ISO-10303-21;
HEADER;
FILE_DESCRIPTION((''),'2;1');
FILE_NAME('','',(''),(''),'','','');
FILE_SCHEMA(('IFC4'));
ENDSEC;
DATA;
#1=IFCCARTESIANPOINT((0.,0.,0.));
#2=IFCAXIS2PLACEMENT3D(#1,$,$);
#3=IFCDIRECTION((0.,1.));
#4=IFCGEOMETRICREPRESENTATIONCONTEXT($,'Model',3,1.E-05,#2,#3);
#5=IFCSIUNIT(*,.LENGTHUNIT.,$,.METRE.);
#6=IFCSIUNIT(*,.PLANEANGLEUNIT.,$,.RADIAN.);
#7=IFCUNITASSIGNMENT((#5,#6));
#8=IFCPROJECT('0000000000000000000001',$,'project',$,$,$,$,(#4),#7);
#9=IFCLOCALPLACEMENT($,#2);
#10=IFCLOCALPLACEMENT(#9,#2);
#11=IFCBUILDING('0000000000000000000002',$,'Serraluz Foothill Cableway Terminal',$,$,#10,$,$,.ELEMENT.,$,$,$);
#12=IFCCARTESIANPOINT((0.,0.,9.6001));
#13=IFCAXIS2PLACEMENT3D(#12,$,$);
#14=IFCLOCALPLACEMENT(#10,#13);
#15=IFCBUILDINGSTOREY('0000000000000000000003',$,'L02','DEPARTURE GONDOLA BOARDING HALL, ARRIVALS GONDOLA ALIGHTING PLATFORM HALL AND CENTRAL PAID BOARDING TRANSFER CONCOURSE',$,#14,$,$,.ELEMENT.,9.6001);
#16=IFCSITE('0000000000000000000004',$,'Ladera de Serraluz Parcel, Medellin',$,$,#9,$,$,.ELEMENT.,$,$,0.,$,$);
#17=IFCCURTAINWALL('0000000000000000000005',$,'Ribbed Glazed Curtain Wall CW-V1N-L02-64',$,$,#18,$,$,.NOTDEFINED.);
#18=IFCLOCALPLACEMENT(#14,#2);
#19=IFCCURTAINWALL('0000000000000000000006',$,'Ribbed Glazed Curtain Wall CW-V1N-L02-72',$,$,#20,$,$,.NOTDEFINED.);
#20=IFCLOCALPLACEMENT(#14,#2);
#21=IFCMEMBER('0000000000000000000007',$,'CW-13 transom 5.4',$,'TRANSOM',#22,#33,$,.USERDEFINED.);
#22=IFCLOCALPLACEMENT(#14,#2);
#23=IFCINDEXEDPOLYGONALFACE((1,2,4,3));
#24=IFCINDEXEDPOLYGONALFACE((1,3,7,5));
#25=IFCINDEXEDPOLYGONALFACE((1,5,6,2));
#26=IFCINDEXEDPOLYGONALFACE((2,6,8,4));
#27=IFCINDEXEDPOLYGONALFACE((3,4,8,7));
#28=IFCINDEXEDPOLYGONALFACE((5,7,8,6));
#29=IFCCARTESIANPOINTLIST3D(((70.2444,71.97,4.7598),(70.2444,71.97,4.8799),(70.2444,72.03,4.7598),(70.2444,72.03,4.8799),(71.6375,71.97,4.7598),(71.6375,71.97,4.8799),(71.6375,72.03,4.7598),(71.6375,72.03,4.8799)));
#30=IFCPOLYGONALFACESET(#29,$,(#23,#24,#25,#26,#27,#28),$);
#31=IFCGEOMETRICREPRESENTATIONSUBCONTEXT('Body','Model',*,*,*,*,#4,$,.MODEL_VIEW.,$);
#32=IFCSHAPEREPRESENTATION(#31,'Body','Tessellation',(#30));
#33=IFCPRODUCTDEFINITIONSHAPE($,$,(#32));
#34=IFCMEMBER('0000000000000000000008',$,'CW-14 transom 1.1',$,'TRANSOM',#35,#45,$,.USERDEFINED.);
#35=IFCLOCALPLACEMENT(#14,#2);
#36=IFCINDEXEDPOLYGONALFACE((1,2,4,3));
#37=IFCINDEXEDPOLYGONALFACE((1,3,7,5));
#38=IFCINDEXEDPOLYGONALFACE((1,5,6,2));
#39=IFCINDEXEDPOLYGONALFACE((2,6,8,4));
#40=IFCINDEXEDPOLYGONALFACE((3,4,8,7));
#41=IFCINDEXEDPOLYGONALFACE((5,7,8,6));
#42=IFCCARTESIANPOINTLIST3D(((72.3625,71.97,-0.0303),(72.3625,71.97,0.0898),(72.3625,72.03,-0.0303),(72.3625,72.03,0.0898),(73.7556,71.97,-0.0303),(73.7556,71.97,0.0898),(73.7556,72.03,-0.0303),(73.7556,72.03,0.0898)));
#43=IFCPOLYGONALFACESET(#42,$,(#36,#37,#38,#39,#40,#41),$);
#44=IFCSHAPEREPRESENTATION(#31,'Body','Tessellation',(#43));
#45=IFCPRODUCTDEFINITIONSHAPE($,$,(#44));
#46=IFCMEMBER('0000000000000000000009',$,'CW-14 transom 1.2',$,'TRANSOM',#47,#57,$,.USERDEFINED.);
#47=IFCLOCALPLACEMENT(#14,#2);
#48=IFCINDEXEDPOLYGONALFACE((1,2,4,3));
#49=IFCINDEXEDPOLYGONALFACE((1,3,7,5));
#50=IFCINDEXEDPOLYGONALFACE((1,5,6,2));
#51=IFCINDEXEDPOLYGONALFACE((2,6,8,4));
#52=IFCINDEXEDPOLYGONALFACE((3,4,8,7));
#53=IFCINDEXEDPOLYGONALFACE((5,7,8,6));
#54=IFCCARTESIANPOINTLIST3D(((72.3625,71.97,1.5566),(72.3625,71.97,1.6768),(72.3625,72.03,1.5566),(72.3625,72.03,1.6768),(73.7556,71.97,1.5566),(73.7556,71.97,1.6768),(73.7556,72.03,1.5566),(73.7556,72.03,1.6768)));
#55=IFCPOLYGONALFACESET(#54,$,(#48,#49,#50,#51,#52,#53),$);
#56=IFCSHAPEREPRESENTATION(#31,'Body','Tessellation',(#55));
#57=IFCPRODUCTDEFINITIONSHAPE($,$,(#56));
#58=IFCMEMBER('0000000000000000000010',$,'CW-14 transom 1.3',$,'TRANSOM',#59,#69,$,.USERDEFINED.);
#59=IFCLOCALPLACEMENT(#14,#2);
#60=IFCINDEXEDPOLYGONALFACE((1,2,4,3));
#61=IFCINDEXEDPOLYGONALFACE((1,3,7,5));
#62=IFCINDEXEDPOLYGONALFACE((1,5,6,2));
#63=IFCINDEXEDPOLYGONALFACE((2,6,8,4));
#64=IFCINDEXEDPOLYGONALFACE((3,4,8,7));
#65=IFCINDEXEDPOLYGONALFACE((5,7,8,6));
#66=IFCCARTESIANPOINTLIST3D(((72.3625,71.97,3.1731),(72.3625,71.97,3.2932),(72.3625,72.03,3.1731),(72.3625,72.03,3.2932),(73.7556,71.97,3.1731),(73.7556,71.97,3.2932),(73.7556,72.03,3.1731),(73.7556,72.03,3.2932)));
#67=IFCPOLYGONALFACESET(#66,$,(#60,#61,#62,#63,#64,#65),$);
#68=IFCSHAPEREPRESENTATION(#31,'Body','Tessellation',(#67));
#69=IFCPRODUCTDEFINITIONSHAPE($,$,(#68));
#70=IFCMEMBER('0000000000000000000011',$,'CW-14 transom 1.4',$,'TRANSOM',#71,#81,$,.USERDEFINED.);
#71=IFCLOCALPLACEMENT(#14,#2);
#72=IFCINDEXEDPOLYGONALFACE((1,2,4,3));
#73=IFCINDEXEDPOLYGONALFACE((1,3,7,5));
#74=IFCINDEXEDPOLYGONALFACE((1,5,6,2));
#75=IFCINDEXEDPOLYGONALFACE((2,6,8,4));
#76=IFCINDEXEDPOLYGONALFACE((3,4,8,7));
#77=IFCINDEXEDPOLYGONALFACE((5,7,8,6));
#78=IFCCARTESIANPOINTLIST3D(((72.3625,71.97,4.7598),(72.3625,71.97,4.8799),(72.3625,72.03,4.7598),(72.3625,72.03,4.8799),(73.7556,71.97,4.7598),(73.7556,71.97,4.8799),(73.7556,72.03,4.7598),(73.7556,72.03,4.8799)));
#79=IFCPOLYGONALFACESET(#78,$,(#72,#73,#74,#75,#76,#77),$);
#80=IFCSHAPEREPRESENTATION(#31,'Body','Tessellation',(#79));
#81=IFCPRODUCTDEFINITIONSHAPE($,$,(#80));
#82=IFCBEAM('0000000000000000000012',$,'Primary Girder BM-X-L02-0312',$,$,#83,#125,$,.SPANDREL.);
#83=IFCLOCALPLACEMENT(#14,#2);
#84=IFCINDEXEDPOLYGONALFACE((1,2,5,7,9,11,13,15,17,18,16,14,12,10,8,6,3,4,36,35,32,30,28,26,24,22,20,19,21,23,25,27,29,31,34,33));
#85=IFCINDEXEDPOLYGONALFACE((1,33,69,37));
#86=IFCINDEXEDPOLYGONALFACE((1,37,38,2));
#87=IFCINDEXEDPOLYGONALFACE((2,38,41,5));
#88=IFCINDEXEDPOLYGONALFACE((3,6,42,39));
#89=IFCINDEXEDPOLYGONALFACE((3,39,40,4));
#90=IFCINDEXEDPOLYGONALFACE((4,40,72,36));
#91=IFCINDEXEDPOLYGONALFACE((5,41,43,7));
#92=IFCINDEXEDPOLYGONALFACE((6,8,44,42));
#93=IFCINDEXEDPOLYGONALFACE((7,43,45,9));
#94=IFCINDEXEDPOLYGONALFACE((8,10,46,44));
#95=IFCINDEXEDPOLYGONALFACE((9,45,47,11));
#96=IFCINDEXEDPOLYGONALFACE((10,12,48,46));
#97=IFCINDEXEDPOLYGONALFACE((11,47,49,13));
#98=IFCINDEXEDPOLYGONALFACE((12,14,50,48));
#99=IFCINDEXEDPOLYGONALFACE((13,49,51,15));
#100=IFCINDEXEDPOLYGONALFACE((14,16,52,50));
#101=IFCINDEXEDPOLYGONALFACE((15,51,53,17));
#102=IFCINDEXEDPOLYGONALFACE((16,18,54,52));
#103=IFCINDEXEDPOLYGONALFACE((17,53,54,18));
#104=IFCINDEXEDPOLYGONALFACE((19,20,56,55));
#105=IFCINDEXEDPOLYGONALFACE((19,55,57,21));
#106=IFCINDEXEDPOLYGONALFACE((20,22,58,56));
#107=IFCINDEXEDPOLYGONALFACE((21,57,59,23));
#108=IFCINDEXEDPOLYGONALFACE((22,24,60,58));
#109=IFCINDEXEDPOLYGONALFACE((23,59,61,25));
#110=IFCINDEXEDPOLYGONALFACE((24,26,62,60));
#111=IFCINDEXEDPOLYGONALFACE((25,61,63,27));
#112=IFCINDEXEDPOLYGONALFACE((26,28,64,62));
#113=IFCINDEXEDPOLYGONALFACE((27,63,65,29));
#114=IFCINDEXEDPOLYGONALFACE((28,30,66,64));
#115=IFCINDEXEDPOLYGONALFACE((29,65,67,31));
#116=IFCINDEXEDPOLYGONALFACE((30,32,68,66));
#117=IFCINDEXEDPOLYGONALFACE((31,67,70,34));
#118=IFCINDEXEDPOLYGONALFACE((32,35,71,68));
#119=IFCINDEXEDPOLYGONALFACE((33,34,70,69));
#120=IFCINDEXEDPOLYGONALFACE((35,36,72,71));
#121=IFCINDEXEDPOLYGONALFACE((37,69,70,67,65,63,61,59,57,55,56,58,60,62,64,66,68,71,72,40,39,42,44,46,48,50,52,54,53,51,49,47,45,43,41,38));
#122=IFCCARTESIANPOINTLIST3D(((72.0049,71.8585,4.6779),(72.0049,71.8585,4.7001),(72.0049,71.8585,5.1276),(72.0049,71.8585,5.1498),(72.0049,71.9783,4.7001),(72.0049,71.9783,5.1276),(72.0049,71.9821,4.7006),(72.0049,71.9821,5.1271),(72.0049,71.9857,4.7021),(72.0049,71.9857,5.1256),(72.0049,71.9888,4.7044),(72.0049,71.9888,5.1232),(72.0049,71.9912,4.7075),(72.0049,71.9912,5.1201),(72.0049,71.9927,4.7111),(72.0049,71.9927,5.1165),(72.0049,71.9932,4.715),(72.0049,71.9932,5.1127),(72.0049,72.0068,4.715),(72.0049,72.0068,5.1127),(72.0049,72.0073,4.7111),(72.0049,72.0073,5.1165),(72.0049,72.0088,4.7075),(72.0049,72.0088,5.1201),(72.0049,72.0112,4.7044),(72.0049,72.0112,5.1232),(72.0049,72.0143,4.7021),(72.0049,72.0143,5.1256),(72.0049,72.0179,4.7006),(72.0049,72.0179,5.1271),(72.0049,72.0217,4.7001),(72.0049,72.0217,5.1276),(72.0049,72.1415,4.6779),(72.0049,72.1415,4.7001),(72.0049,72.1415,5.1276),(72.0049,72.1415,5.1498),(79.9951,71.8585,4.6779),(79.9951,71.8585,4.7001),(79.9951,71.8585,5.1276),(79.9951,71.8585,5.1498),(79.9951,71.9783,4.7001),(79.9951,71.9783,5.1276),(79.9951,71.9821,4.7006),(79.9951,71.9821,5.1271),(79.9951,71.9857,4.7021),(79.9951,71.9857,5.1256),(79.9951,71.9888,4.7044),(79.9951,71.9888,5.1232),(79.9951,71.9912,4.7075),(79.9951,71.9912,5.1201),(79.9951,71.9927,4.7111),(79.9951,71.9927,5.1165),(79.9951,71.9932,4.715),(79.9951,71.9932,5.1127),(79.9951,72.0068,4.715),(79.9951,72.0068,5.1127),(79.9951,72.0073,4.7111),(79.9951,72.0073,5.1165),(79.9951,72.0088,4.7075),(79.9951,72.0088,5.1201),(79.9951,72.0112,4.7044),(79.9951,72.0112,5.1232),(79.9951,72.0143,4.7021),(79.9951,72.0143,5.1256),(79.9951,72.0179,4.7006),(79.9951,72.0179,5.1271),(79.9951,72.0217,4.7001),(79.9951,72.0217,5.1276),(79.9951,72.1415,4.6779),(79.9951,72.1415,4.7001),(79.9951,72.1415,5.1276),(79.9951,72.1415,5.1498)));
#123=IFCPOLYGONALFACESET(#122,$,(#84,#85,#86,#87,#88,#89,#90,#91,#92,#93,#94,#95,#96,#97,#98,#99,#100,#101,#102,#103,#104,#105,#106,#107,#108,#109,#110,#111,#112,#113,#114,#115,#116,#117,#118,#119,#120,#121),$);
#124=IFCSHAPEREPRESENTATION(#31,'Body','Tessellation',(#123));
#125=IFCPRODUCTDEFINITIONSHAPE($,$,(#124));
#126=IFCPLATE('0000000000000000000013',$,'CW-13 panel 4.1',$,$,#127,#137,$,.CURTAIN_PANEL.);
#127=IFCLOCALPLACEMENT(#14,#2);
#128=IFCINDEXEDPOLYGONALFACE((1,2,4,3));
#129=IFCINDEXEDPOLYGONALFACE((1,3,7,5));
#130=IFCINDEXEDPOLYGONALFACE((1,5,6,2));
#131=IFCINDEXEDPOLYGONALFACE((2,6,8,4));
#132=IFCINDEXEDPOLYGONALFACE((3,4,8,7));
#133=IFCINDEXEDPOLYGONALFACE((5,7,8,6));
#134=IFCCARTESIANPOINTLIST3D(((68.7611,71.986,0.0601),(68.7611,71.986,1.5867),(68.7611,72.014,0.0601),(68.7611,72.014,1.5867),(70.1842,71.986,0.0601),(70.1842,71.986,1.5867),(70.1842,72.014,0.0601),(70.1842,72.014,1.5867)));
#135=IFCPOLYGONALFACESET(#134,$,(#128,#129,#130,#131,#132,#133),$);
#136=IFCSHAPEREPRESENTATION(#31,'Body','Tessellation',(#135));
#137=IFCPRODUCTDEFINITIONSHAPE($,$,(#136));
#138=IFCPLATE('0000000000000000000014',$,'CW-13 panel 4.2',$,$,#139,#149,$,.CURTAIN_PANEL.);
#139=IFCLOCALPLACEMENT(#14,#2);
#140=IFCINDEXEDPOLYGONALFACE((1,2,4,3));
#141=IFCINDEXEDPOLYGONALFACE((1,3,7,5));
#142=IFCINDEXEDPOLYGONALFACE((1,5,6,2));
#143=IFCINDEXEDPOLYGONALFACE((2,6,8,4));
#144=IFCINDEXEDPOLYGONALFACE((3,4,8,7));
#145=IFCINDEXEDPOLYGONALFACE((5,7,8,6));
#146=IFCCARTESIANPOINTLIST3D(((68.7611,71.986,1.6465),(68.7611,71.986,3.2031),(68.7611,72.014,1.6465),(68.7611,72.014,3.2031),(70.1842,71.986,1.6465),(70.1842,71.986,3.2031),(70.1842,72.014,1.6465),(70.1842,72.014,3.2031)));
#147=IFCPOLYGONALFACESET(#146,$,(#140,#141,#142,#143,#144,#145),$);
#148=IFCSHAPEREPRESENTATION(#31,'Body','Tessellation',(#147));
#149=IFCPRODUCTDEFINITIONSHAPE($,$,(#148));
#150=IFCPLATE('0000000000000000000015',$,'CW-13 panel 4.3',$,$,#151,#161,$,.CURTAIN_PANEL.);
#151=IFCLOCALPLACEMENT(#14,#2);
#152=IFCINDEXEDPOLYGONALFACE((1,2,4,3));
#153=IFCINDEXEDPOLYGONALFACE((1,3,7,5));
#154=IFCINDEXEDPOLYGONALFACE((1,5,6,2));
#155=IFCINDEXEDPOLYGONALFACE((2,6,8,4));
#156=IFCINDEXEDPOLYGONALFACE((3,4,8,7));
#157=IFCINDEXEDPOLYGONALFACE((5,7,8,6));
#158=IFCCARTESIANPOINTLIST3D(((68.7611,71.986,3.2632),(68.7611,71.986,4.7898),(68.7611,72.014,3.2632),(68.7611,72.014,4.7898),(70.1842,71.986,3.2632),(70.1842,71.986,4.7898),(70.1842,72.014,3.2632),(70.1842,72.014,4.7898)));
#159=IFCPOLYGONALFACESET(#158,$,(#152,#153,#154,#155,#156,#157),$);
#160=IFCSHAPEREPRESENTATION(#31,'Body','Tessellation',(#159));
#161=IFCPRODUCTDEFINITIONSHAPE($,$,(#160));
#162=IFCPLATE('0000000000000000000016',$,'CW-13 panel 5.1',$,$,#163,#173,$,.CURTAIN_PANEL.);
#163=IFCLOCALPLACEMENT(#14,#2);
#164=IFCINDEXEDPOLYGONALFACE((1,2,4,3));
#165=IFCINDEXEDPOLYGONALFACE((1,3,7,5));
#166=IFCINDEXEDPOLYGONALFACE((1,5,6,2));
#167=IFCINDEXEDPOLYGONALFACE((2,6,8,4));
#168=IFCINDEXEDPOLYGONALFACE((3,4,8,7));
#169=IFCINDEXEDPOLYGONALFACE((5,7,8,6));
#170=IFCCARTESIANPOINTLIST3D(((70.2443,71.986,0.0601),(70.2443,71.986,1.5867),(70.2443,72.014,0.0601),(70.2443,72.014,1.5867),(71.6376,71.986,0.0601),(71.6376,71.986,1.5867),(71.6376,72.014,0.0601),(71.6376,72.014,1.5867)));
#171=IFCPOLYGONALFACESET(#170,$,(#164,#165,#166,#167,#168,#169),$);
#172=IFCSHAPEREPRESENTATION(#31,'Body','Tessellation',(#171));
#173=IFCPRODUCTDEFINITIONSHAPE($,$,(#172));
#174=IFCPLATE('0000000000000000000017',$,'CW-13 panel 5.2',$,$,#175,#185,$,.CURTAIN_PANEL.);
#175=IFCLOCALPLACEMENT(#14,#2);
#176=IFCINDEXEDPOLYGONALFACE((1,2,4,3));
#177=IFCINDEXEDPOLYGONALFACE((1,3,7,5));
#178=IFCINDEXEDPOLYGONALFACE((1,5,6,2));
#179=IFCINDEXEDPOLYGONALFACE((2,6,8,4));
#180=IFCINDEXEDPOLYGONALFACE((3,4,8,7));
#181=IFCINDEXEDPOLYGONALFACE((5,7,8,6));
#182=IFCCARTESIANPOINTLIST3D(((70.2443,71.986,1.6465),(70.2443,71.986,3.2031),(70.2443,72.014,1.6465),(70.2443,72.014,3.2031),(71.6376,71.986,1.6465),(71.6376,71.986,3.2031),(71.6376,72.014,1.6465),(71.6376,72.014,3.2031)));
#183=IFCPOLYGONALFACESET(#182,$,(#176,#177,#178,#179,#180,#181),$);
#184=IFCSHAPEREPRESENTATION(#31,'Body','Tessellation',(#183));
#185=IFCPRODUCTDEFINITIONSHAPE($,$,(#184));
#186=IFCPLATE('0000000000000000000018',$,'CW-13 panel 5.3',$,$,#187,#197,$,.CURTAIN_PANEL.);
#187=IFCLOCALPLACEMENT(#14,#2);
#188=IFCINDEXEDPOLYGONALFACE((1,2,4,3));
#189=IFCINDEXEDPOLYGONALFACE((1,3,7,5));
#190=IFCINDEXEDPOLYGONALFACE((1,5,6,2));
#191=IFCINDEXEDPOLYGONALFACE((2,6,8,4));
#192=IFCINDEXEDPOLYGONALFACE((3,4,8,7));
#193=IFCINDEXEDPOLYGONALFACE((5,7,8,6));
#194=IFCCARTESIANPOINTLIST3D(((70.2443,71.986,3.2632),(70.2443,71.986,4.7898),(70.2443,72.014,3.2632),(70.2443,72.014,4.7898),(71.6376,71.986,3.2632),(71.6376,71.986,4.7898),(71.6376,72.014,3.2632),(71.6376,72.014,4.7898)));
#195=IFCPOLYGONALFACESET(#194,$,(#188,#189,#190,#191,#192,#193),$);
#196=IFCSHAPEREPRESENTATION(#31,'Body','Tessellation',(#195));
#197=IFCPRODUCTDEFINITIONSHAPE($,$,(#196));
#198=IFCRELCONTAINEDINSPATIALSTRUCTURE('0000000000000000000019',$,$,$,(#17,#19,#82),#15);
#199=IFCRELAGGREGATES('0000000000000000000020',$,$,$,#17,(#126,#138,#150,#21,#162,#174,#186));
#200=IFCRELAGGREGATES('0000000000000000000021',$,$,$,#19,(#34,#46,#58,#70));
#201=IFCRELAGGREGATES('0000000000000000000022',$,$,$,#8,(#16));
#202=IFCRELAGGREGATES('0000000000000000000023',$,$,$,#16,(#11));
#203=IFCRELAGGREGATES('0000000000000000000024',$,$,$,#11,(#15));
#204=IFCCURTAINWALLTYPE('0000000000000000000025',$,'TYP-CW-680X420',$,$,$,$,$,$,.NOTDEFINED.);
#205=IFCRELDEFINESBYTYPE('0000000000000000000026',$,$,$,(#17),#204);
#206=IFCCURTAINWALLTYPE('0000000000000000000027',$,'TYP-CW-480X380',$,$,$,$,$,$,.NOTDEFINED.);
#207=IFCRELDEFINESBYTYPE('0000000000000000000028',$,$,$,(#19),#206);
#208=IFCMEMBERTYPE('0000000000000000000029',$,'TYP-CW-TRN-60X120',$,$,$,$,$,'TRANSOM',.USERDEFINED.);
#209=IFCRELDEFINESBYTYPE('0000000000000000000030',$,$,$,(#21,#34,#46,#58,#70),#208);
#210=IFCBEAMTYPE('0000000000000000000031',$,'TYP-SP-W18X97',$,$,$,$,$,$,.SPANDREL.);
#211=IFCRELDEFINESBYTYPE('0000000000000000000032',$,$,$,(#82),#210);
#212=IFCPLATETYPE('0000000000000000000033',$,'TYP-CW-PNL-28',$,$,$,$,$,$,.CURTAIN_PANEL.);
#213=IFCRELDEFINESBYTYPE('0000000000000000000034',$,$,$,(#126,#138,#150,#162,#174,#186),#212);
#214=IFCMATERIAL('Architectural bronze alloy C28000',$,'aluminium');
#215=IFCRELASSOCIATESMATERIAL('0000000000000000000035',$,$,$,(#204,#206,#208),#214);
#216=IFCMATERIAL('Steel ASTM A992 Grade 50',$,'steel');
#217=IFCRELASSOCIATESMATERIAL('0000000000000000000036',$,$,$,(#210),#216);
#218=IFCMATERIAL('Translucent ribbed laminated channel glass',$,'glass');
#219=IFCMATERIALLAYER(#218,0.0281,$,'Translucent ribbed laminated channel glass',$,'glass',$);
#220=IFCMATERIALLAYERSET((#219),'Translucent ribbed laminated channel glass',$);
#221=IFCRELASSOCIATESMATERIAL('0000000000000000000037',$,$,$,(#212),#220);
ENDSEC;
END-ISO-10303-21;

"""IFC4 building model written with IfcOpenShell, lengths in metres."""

from ifc_helpers import new_model, si_unit, direction, frame, origin, origin_2d, place, context, subcontext, project, spatial, rectangle, i_section, extrude, material, layer, layer_set, material_profile, profile_set, type_object, element, aggregate, save


model = new_model("IFC4")

# Units and contexts
model_context = context("Model", 3, precision=1e-05, world=origin(), true_north=direction((0.0, 1.0)))
body_context = subcontext(model_context, "Body", "Model", "MODEL_VIEW")
ifc_project = project(units=[si_unit("LENGTHUNIT", "METRE"), si_unit("PLANEANGLEUNIT", "RADIAN")], contexts=[model_context])

# Site, building, storey
site_placement = place(None, origin())
site = spatial("IfcSite", under=ifc_project, at=site_placement, Name="Ladera de Serraluz Parcel, Medellin", CompositionType="ELEMENT", RefElevation=0.0)
building_placement = place(site_placement, origin())
building = spatial("IfcBuilding", under=site, at=building_placement, Name="Serraluz Foothill Cableway Terminal", CompositionType="ELEMENT")
storey_placement = place(building_placement, frame((0.0, 0.0, 9.6001)))
storey = spatial("IfcBuildingStorey", under=building, at=storey_placement, Name="L02", Description="DEPARTURE GONDOLA BOARDING HALL, ARRIVALS GONDOLA ALIGHTING PLATFORM HALL AND CENTRAL PAID BOARDING TRANSFER CONCOURSE", CompositionType="ELEMENT", Elevation=9.6001)

# Shared definitions
ifc_material_1 = material(Name="Steel ASTM A992 Grade 50", Category="steel")

# Curtain wall
ifc_material_2 = material(Name="Architectural bronze alloy C28000", Category="aluminium")
curtain_wall_type_1 = type_object("IfcCurtainWallType", Name="TYP-CW-680X420", PredefinedType="NOTDEFINED", material=ifc_material_2)
curtain_wall_1_placement = place(storey_placement, origin())
curtain_wall_1 = element("IfcCurtainWall", 1, at=curtain_wall_1_placement, inside=storey, type_object=curtain_wall_type_1, Name="Ribbed Glazed Curtain Wall CW-V1N-L02-64", PredefinedType="NOTDEFINED")

# Curtain wall
curtain_wall_type_2 = type_object("IfcCurtainWallType", Name="TYP-CW-480X380", PredefinedType="NOTDEFINED", material=ifc_material_2)
curtain_wall_2_placement = place(storey_placement, origin())
curtain_wall_2 = element("IfcCurtainWall", 2, at=curtain_wall_2_placement, inside=storey, type_object=curtain_wall_type_2, Name="Ribbed Glazed Curtain Wall CW-V1N-L02-72", PredefinedType="NOTDEFINED")

# Members
ifc_material_profile_1 = material_profile(ifc_material_2, rectangle(XDim=0.0601, YDim=0.1201, at=origin_2d()), Name="ALU TRANSOM 60x120")
ifc_profile_set_1 = profile_set([ifc_material_profile_1], Name="Architectural bronze alloy C28000")
member_type_1 = type_object("IfcMemberType", Name="TYP-CW-TRN-60X120", ElementType="TRANSOM", PredefinedType="USERDEFINED", material=ifc_profile_set_1)
member_1_placement = place(storey_placement, frame((70.2444, 72.0, 4.8198), z_axis=(1.0, 0.0, 0.0), x_axis=(0.0, 1.0, 0.0)))
member_1 = element("IfcMember", 3, at=member_1_placement, type_object=member_type_1, Name="CW-13 transom 5.4", ObjectType="TRANSOM", PredefinedType="USERDEFINED", context=body_context, shape_type="SweptSolid", body=[
    extrude(rectangle(XDim=0.0601, YDim=0.1201, at=origin_2d()), origin(), (0.0, 0.0, 1.0), 1.3931),
])
member_2_placement = place(storey_placement, frame((72.3625, 72.0, 0.0298), z_axis=(1.0, 0.0, 0.0), x_axis=(0.0, 1.0, 0.0)))
member_2 = element("IfcMember", 4, at=member_2_placement, type_object=member_type_1, Name="CW-14 transom 1.1", ObjectType="TRANSOM", PredefinedType="USERDEFINED", context=body_context, shape_type="SweptSolid", body=[
    extrude(rectangle(XDim=0.0601, YDim=0.1201, at=origin_2d()), origin(), (0.0, 0.0, 1.0), 1.3931),
])
member_3_placement = place(storey_placement, frame((72.3625, 72.0, 1.6167), z_axis=(1.0, 0.0, 0.0), x_axis=(0.0, 1.0, 0.0)))
member_3 = element("IfcMember", 5, at=member_3_placement, type_object=member_type_1, Name="CW-14 transom 1.2", ObjectType="TRANSOM", PredefinedType="USERDEFINED", context=body_context, shape_type="SweptSolid", body=[
    extrude(rectangle(XDim=0.0601, YDim=0.1201, at=origin_2d()), origin(), (0.0, 0.0, 1.0), 1.3931),
])
member_4_placement = place(storey_placement, frame((72.3625, 72.0, 3.2332), z_axis=(1.0, 0.0, 0.0), x_axis=(0.0, 1.0, 0.0)))
member_4 = element("IfcMember", 6, at=member_4_placement, type_object=member_type_1, Name="CW-14 transom 1.3", ObjectType="TRANSOM", PredefinedType="USERDEFINED", context=body_context, shape_type="SweptSolid", body=[
    extrude(rectangle(XDim=0.0601, YDim=0.1201, at=origin_2d()), origin(), (0.0, 0.0, 1.0), 1.3931),
])
member_5_placement = place(storey_placement, frame((72.3625, 72.0, 4.8198), z_axis=(1.0, 0.0, 0.0), x_axis=(0.0, 1.0, 0.0)))
member_5 = element("IfcMember", 7, at=member_5_placement, type_object=member_type_1, Name="CW-14 transom 1.4", ObjectType="TRANSOM", PredefinedType="USERDEFINED", context=body_context, shape_type="SweptSolid", body=[
    extrude(rectangle(XDim=0.0601, YDim=0.1201, at=origin_2d()), origin(), (0.0, 0.0, 1.0), 1.3931),
])

# Beam
ifc_material_profile_2 = material_profile(ifc_material_1, i_section(OverallWidth=0.283, OverallDepth=0.4719, WebThickness=0.0137, FlangeThickness=0.0222, FilletRadius=0.0149, at=origin_2d()), Name="W18X97")
ifc_profile_set_2 = profile_set([ifc_material_profile_2], Name="Steel ASTM A992 Grade 50")
beam_type = type_object("IfcBeamType", Name="TYP-SP-W18X97", PredefinedType="SPANDREL", material=ifc_profile_set_2)
beam_placement = place(storey_placement, frame((72.0049, 72.0, 4.9138), z_axis=(1.0, 0.0, 0.0), x_axis=(0.0, 1.0, 0.0)))
element("IfcBeam", 8, at=beam_placement, inside=storey, type_object=beam_type, Name="Primary Girder BM-X-L02-0312", PredefinedType="SPANDREL", context=body_context, shape_type="SweptSolid", body=[
    extrude(i_section(OverallWidth=0.283, OverallDepth=0.4719, WebThickness=0.0137, FlangeThickness=0.0222, FilletRadius=0.0149, at=origin_2d()), origin(), (0.0, 0.0, 1.0), 7.9902),
])

# Plates
ifc_material_3 = material(Name="Translucent ribbed laminated channel glass", Category="glass")
ifc_layer_1 = layer(ifc_material_3, 0.0281, Name="Translucent ribbed laminated channel glass", Category="glass")
ifc_layer_set_1 = layer_set([ifc_layer_1], Name="Translucent ribbed laminated channel glass")
plate_type_1 = type_object("IfcPlateType", Name="TYP-CW-PNL-28", PredefinedType="CURTAIN_PANEL", material=ifc_layer_set_1)
plate_1_placement = place(storey_placement, frame((69.4727, 72.0, 0.0601), z_axis=(0.0, 0.0, 1.0), x_axis=(1.0, 0.0, 0.0)))
plate_1 = element("IfcPlate", 9, at=plate_1_placement, type_object=plate_type_1, Name="CW-13 panel 4.1", PredefinedType="CURTAIN_PANEL", context=body_context, shape_type="SweptSolid", body=[
    extrude(rectangle(XDim=1.4231, YDim=0.0281, at=origin_2d()), origin(), (0.0, 0.0, 1.0), 1.5266),
])
plate_2_placement = place(storey_placement, frame((69.4727, 72.0, 1.6465), z_axis=(0.0, 0.0, 1.0), x_axis=(1.0, 0.0, 0.0)))
plate_2 = element("IfcPlate", 10, at=plate_2_placement, type_object=plate_type_1, Name="CW-13 panel 4.2", PredefinedType="CURTAIN_PANEL", context=body_context, shape_type="SweptSolid", body=[
    extrude(rectangle(XDim=1.4231, YDim=0.0281, at=origin_2d()), origin(), (0.0, 0.0, 1.0), 1.5566),
])
plate_3_placement = place(storey_placement, frame((69.4727, 72.0, 3.2632), z_axis=(0.0, 0.0, 1.0), x_axis=(1.0, 0.0, 0.0)))
plate_3 = element("IfcPlate", 11, at=plate_3_placement, type_object=plate_type_1, Name="CW-13 panel 4.3", PredefinedType="CURTAIN_PANEL", context=body_context, shape_type="SweptSolid", body=[
    extrude(rectangle(XDim=1.4231, YDim=0.0281, at=origin_2d()), origin(), (0.0, 0.0, 1.0), 1.5266),
])
plate_4_placement = place(storey_placement, frame((70.9409, 72.0, 0.0601), z_axis=(0.0, 0.0, 1.0), x_axis=(1.0, 0.0, 0.0)))
plate_4 = element("IfcPlate", 12, at=plate_4_placement, type_object=plate_type_1, Name="CW-13 panel 5.1", PredefinedType="CURTAIN_PANEL", context=body_context, shape_type="SweptSolid", body=[
    extrude(rectangle(XDim=1.3933, YDim=0.0281, at=origin_2d()), origin(), (0.0, 0.0, 1.0), 1.5266),
])
plate_5_placement = place(storey_placement, frame((70.9409, 72.0, 1.6465), z_axis=(0.0, 0.0, 1.0), x_axis=(1.0, 0.0, 0.0)))
plate_5 = element("IfcPlate", 13, at=plate_5_placement, type_object=plate_type_1, Name="CW-13 panel 5.2", PredefinedType="CURTAIN_PANEL", context=body_context, shape_type="SweptSolid", body=[
    extrude(rectangle(XDim=1.3933, YDim=0.0281, at=origin_2d()), origin(), (0.0, 0.0, 1.0), 1.5566),
])
plate_6_placement = place(storey_placement, frame((70.9409, 72.0, 3.2632), z_axis=(0.0, 0.0, 1.0), x_axis=(1.0, 0.0, 0.0)))
plate_6 = element("IfcPlate", 14, at=plate_6_placement, type_object=plate_type_1, Name="CW-13 panel 5.3", PredefinedType="CURTAIN_PANEL", context=body_context, shape_type="SweptSolid", body=[
    extrude(rectangle(XDim=1.3933, YDim=0.0281, at=origin_2d()), origin(), (0.0, 0.0, 1.0), 1.5266),
])
aggregate(curtain_wall_1, [plate_1, plate_2, plate_3, member_1, plate_4, plate_5, plate_6])
aggregate(curtain_wall_2, [member_2, member_3, member_4, member_5])

save(model, "model.ifc")
